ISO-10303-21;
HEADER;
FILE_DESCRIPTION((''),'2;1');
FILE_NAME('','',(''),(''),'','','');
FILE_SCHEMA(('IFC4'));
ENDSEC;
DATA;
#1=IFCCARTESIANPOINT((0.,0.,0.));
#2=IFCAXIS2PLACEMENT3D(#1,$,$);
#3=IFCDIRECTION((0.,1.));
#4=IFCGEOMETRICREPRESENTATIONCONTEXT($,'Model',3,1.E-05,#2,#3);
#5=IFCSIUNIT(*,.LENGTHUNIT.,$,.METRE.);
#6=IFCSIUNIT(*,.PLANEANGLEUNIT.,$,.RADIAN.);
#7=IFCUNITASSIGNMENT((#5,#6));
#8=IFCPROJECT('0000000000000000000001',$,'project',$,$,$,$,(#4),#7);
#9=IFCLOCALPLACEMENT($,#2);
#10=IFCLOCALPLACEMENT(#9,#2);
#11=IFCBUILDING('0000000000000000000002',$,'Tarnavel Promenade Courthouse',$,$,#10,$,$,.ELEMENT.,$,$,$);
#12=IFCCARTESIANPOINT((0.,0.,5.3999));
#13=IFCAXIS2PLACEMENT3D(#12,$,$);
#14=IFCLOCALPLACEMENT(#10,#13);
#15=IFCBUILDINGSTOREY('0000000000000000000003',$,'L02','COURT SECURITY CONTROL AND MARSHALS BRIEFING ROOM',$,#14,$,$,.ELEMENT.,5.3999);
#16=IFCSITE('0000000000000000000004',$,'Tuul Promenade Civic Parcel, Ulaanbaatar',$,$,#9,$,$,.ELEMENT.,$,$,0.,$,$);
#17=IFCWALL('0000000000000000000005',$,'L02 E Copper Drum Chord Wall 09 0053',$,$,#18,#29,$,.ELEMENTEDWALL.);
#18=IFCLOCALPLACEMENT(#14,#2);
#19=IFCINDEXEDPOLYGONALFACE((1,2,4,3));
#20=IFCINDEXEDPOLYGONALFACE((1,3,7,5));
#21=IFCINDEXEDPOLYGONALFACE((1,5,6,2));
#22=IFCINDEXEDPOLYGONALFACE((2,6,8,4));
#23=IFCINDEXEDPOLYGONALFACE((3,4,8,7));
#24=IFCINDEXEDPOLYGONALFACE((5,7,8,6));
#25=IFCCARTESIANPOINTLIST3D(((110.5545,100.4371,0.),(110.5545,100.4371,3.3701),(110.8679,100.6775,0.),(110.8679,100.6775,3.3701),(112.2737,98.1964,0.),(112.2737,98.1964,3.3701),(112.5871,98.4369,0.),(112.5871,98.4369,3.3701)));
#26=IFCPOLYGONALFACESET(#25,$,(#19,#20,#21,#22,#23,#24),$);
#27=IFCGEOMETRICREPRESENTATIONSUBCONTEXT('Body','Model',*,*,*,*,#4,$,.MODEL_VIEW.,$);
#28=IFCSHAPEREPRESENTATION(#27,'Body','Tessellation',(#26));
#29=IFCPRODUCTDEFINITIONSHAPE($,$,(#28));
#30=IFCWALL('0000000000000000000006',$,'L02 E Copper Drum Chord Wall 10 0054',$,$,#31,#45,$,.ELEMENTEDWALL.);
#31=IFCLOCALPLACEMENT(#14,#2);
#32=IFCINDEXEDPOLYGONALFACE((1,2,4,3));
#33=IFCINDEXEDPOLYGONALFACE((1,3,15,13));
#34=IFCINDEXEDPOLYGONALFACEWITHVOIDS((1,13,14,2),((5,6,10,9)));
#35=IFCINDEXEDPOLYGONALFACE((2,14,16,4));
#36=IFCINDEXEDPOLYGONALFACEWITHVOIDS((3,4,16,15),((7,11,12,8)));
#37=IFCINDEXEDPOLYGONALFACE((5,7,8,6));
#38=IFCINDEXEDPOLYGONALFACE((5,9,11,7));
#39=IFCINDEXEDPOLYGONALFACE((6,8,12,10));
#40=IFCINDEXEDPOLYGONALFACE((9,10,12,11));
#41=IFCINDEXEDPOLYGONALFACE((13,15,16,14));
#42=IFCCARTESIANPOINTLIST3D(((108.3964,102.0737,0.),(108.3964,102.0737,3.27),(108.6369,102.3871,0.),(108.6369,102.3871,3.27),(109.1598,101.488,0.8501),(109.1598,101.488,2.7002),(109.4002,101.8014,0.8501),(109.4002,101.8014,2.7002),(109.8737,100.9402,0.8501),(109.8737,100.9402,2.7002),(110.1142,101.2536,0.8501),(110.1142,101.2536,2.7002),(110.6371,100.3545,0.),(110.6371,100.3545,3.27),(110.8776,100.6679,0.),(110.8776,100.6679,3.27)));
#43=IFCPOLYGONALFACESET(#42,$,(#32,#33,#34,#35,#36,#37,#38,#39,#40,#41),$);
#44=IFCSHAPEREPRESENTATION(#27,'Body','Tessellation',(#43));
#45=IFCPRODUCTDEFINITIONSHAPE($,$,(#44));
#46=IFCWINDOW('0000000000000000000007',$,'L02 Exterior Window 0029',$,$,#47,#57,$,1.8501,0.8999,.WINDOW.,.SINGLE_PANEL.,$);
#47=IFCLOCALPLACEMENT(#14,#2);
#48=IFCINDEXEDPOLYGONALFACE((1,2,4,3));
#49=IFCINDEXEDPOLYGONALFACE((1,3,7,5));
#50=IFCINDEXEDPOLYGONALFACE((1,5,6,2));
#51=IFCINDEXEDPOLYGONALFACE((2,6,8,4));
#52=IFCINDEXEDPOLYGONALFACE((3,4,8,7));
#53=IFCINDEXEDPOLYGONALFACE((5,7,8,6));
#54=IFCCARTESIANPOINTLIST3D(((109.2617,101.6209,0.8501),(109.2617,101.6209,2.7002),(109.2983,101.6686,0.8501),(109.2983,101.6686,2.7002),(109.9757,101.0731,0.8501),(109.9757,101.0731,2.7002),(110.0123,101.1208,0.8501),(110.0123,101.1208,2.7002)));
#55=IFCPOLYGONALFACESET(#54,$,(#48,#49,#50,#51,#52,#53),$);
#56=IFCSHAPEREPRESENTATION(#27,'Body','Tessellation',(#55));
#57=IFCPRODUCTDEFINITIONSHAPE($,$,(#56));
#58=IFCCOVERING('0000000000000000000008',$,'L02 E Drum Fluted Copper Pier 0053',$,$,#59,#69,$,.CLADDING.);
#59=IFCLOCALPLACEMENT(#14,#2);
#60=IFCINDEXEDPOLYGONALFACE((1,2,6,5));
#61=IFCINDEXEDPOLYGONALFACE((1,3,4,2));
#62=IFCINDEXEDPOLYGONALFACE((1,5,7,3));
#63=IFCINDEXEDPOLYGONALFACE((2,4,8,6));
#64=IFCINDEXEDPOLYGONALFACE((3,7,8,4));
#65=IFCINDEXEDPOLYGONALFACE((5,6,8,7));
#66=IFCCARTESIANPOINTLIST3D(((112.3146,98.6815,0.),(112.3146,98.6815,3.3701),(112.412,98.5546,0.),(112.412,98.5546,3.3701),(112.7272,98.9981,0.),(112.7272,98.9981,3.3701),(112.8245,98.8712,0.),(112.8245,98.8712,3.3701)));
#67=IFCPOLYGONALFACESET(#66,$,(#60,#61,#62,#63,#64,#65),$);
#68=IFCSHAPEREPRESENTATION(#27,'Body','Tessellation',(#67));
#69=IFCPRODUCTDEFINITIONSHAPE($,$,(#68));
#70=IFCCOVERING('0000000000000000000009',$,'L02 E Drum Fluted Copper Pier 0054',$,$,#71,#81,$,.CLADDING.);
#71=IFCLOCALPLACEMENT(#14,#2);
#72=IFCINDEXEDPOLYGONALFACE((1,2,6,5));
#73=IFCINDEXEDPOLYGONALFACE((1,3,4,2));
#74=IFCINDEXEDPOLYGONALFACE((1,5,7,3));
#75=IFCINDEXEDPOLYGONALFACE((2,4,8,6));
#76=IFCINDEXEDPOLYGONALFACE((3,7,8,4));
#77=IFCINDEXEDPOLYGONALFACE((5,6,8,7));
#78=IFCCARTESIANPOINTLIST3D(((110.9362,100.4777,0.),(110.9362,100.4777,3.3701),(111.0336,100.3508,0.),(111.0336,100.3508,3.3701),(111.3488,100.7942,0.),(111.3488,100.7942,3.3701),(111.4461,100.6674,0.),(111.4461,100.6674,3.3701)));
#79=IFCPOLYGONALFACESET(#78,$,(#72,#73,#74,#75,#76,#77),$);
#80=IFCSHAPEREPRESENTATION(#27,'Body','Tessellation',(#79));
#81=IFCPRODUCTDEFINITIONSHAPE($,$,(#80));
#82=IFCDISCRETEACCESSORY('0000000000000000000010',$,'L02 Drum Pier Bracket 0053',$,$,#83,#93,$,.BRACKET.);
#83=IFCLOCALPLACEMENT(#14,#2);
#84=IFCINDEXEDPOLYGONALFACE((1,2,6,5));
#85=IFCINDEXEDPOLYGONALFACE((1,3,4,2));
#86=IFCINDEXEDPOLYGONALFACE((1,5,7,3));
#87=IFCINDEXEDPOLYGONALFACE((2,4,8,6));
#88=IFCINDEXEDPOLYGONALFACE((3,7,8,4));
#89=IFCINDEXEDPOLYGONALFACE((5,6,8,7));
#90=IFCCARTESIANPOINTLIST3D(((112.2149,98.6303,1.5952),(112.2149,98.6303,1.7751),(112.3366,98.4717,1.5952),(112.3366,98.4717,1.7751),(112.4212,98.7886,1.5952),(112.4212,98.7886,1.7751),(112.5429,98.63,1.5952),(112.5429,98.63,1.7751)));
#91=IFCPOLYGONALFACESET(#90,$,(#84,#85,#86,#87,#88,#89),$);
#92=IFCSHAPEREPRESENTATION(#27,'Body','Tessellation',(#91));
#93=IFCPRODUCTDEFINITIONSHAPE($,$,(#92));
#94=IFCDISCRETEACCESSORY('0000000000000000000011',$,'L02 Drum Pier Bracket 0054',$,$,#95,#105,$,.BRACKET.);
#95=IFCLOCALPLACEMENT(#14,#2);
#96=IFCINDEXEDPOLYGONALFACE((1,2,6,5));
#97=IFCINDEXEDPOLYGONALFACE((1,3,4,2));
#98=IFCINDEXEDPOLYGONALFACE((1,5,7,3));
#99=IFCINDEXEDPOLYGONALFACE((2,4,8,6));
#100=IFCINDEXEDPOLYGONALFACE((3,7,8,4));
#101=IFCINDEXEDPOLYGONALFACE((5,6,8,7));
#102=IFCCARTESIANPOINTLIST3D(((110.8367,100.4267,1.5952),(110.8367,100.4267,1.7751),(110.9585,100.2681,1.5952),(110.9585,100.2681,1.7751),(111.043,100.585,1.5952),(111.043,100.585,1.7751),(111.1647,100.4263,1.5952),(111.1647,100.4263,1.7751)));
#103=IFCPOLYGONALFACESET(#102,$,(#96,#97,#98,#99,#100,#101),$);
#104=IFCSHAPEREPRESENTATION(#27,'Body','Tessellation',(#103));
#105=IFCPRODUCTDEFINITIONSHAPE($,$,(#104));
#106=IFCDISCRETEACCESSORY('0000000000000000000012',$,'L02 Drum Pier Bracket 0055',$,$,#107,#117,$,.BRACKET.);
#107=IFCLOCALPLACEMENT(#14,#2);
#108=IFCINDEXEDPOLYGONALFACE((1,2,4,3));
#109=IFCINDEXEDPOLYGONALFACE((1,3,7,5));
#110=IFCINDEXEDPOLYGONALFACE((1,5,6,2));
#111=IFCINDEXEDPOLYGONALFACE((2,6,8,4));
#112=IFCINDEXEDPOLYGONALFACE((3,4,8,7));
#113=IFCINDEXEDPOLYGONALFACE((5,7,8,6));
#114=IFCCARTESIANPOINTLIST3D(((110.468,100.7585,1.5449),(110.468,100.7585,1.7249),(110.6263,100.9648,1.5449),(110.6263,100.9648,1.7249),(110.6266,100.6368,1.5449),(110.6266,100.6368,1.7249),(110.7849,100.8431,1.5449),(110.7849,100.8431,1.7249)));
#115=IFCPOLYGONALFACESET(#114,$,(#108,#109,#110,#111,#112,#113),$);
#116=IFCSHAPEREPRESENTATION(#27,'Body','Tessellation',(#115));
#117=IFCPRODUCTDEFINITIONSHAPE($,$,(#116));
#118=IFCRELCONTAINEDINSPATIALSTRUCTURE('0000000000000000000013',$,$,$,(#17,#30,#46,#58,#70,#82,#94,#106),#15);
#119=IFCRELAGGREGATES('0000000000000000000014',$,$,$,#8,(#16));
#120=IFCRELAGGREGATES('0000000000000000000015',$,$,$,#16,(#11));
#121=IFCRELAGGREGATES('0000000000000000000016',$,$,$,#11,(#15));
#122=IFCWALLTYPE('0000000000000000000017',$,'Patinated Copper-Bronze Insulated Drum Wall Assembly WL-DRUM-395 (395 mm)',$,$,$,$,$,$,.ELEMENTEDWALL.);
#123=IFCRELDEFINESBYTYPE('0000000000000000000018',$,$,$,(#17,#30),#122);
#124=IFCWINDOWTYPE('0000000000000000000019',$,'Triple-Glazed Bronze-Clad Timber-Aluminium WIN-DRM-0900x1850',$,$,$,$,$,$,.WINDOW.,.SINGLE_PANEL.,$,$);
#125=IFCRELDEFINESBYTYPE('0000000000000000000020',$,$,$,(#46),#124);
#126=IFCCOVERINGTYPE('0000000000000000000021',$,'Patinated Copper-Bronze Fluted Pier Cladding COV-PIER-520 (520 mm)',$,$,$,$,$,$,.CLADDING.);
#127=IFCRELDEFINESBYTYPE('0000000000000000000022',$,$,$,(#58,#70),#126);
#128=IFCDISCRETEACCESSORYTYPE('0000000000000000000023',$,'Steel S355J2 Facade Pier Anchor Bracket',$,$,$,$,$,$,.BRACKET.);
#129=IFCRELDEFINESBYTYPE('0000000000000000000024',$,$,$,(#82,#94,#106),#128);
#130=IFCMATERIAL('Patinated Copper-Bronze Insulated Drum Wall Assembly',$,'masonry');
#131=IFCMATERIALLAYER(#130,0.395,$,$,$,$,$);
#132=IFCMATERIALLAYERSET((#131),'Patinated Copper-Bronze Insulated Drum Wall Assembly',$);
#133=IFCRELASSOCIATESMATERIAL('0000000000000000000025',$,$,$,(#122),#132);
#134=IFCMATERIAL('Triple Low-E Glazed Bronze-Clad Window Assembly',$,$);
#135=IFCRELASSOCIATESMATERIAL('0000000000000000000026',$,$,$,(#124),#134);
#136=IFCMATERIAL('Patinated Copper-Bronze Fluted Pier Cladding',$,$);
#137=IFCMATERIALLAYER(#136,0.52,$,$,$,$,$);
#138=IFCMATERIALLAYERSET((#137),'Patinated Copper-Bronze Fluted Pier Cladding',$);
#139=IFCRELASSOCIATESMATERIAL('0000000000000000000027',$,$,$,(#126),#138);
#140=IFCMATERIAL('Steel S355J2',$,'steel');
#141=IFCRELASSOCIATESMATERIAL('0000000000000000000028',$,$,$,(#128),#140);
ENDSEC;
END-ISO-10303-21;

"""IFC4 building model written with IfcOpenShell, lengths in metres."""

from ifc_helpers import new_model, si_unit, direction, frame, frame_2d, origin, origin_2d, place, context, subcontext, project, spatial, rectangle, extrude, material, layer, layer_set, type_object, element, fill, save


model = new_model("IFC4")

# Units and contexts
model_context = context("Model", 3, precision=1e-05, world=origin(), true_north=direction((0.0, 1.0)))
body_context = subcontext(model_context, "Body", "Model", "MODEL_VIEW")
ifc_project = project(units=[si_unit("LENGTHUNIT", "METRE"), si_unit("PLANEANGLEUNIT", "RADIAN")], contexts=[model_context])

# Site, building, storey
site_placement = place(None, origin())
site = spatial("IfcSite", under=ifc_project, at=site_placement, Name="Tuul Promenade Civic Parcel, Ulaanbaatar", CompositionType="ELEMENT", RefElevation=0.0)
building_placement = place(site_placement, origin())
building = spatial("IfcBuilding", under=site, at=building_placement, Name="Tarnavel Promenade Courthouse", CompositionType="ELEMENT")
storey_placement = place(building_placement, frame((0.0, 0.0, 5.3999)))
storey = spatial("IfcBuildingStorey", under=building, at=storey_placement, Name="L02", Description="COURT SECURITY CONTROL AND MARSHALS BRIEFING ROOM", CompositionType="ELEMENT", Elevation=5.3999)

# Shared definitions
ifc_material_1 = material(Name="Steel S355J2", Category="steel")

# Wall
ifc_material_2 = material(Name="Patinated Copper-Bronze Insulated Drum Wall Assembly", Category="masonry")
ifc_layer_1 = layer(ifc_material_2, 0.395)
ifc_layer_set_1 = layer_set([ifc_layer_1], Name="Patinated Copper-Bronze Insulated Drum Wall Assembly")
wall_type_1 = type_object("IfcWallType", Name="Patinated Copper-Bronze Insulated Drum Wall Assembly WL-DRUM-395 (395 mm)", PredefinedType="ELEMENTEDWALL", material=ifc_layer_set_1)
wall_1_placement = place(storey_placement, frame((112.4304, 98.3167, 0.0), z_axis=(0.0, 0.0, 1.0), x_axis=(-0.608733, 0.793375, 0.0)))
element("IfcWall", 1, at=wall_1_placement, inside=storey, type_object=wall_type_1, Name="L02 E Copper Drum Chord Wall 09 0053", PredefinedType="ELEMENTEDWALL", context=body_context, shape_type="SweptSolid", body=[
    extrude(rectangle(XDim=2.8242, YDim=0.395, at=frame_2d((1.4121, 0.0))), origin(), (0.0, 0.0, 1.0), 3.3701),
])

# Wall, opening, window
wall_2_placement = place(storey_placement, frame((110.7573, 100.5112, 0.0), z_axis=(0.0, 0.0, 1.0), x_axis=(-0.793375, 0.608733, 0.0)))
wall_2 = element("IfcWall", 2, at=wall_2_placement, inside=storey, type_object=wall_type_1, Name="L02 E Copper Drum Chord Wall 10 0054", PredefinedType="ELEMENTEDWALL", context=body_context, shape_type="SweptSolid", body=[
    extrude(rectangle(XDim=2.8242, YDim=0.395, at=frame_2d((1.4121, 0.0))), origin(), (0.0, 0.0, 1.0), 3.27),
])
opening_1_placement = place(wall_2_placement, frame((0.9622, 0.0, 0.8501)))
opening_1 = element("IfcOpeningElement", 3, at=opening_1_placement, cuts=wall_2, PredefinedType="OPENING", context=body_context, shape_type="SweptSolid", body=[
    extrude(rectangle(XDim=0.8999, YDim=1.8501, at=frame_2d((0.45, 0.925))), frame((0.0, 0.2075, 0.0), z_axis=(0.0, -1.0, 0.0), x_axis=(1.0, 0.0, 0.0)), (0.0, 0.0, 1.0), 0.415),
])
ifc_material_3 = material(Name="Triple Low-E Glazed Bronze-Clad Window Assembly")
window_type = type_object("IfcWindowType", Name="Triple-Glazed Bronze-Clad Timber-Aluminium WIN-DRM-0900x1850", PartitioningType="SINGLE_PANEL", PredefinedType="WINDOW", material=ifc_material_3)
window_placement = place(opening_1_placement, origin())
window = element("IfcWindow", 4, at=window_placement, inside=storey, type_object=window_type, Name="L02 Exterior Window 0029", OverallHeight=1.8501, OverallWidth=0.8999, PartitioningType="SINGLE_PANEL", PredefinedType="WINDOW", context=body_context, shape_type="SweptSolid", body=[
    extrude(rectangle(XDim=0.8999, YDim=1.8501, at=frame_2d((0.45, 0.925))), frame((0.0, 0.03, 0.0), z_axis=(0.0, -1.0, 0.0), x_axis=(1.0, 0.0, 0.0)), (0.0, 0.0, 1.0), 0.0601),
])
fill(opening_1, window)

# Coverings
ifc_material_4 = material(Name="Patinated Copper-Bronze Fluted Pier Cladding")
ifc_layer_2 = layer(ifc_material_4, 0.52)
ifc_layer_set_2 = layer_set([ifc_layer_2], Name="Patinated Copper-Bronze Fluted Pier Cladding")
covering_type = type_object("IfcCoveringType", Name="Patinated Copper-Bronze Fluted Pier Cladding COV-PIER-520 (520 mm)", PredefinedType="CLADDING", material=ifc_layer_set_2)
for number, where, z_axis, x_axis, name in (
    (5, (112.5696, 98.7764, 0.0), (0.0, 0.0, 1.0), (-0.608761, 0.793353, 0.0), "L02 E Drum Fluted Copper Pier 0053"),
    (6, (111.1912, 100.5725, 0.0), (0.0, 0.0, 1.0), (-0.608761, 0.793353, 0.0), "L02 E Drum Fluted Copper Pier 0054"),
):
    element("IfcCovering", number, at=place(storey_placement, frame(where, z_axis=z_axis, x_axis=x_axis)), inside=storey, type_object=covering_type, Name=name, PredefinedType="CLADDING", context=body_context, shape_type="SweptSolid", body=[
        extrude(rectangle(XDim=0.1599, YDim=0.52, at=origin_2d()), origin(), (0.0, 0.0, 1.0), 3.3701),
    ])

# Discrete accessories
discrete_accessory_type = type_object("IfcDiscreteAccessoryType", Name="Steel S355J2 Facade Pier Anchor Bracket", PredefinedType="BRACKET", material=ifc_material_1)
for number, where, z_axis, x_axis, name in (
    (7, (112.3789, 98.6301, 1.5952), (0.0, 0.0, 1.0), (-0.608761, 0.793353, 0.0), "L02 Drum Pier Bracket 0053"),
    (8, (111.0007, 100.4265, 1.5952), (0.0, 0.0, 1.0), (-0.608761, 0.793353, 0.0), "L02 Drum Pier Bracket 0054"),
    (9, (110.6265, 100.8008, 1.5449), (0.0, 0.0, 1.0), (-0.793353, 0.608761, 0.0), "L02 Drum Pier Bracket 0055"),
):
    element("IfcDiscreteAccessory", number, at=place(storey_placement, frame(where, z_axis=z_axis, x_axis=x_axis)), inside=storey, type_object=discrete_accessory_type, Name=name, PredefinedType="BRACKET", context=body_context, shape_type="SweptSolid", body=[
        extrude(rectangle(XDim=0.2, YDim=0.26, at=origin_2d()), origin(), (0.0, 0.0, 1.0), 0.1799),
    ])

save(model, "model.ifc")
